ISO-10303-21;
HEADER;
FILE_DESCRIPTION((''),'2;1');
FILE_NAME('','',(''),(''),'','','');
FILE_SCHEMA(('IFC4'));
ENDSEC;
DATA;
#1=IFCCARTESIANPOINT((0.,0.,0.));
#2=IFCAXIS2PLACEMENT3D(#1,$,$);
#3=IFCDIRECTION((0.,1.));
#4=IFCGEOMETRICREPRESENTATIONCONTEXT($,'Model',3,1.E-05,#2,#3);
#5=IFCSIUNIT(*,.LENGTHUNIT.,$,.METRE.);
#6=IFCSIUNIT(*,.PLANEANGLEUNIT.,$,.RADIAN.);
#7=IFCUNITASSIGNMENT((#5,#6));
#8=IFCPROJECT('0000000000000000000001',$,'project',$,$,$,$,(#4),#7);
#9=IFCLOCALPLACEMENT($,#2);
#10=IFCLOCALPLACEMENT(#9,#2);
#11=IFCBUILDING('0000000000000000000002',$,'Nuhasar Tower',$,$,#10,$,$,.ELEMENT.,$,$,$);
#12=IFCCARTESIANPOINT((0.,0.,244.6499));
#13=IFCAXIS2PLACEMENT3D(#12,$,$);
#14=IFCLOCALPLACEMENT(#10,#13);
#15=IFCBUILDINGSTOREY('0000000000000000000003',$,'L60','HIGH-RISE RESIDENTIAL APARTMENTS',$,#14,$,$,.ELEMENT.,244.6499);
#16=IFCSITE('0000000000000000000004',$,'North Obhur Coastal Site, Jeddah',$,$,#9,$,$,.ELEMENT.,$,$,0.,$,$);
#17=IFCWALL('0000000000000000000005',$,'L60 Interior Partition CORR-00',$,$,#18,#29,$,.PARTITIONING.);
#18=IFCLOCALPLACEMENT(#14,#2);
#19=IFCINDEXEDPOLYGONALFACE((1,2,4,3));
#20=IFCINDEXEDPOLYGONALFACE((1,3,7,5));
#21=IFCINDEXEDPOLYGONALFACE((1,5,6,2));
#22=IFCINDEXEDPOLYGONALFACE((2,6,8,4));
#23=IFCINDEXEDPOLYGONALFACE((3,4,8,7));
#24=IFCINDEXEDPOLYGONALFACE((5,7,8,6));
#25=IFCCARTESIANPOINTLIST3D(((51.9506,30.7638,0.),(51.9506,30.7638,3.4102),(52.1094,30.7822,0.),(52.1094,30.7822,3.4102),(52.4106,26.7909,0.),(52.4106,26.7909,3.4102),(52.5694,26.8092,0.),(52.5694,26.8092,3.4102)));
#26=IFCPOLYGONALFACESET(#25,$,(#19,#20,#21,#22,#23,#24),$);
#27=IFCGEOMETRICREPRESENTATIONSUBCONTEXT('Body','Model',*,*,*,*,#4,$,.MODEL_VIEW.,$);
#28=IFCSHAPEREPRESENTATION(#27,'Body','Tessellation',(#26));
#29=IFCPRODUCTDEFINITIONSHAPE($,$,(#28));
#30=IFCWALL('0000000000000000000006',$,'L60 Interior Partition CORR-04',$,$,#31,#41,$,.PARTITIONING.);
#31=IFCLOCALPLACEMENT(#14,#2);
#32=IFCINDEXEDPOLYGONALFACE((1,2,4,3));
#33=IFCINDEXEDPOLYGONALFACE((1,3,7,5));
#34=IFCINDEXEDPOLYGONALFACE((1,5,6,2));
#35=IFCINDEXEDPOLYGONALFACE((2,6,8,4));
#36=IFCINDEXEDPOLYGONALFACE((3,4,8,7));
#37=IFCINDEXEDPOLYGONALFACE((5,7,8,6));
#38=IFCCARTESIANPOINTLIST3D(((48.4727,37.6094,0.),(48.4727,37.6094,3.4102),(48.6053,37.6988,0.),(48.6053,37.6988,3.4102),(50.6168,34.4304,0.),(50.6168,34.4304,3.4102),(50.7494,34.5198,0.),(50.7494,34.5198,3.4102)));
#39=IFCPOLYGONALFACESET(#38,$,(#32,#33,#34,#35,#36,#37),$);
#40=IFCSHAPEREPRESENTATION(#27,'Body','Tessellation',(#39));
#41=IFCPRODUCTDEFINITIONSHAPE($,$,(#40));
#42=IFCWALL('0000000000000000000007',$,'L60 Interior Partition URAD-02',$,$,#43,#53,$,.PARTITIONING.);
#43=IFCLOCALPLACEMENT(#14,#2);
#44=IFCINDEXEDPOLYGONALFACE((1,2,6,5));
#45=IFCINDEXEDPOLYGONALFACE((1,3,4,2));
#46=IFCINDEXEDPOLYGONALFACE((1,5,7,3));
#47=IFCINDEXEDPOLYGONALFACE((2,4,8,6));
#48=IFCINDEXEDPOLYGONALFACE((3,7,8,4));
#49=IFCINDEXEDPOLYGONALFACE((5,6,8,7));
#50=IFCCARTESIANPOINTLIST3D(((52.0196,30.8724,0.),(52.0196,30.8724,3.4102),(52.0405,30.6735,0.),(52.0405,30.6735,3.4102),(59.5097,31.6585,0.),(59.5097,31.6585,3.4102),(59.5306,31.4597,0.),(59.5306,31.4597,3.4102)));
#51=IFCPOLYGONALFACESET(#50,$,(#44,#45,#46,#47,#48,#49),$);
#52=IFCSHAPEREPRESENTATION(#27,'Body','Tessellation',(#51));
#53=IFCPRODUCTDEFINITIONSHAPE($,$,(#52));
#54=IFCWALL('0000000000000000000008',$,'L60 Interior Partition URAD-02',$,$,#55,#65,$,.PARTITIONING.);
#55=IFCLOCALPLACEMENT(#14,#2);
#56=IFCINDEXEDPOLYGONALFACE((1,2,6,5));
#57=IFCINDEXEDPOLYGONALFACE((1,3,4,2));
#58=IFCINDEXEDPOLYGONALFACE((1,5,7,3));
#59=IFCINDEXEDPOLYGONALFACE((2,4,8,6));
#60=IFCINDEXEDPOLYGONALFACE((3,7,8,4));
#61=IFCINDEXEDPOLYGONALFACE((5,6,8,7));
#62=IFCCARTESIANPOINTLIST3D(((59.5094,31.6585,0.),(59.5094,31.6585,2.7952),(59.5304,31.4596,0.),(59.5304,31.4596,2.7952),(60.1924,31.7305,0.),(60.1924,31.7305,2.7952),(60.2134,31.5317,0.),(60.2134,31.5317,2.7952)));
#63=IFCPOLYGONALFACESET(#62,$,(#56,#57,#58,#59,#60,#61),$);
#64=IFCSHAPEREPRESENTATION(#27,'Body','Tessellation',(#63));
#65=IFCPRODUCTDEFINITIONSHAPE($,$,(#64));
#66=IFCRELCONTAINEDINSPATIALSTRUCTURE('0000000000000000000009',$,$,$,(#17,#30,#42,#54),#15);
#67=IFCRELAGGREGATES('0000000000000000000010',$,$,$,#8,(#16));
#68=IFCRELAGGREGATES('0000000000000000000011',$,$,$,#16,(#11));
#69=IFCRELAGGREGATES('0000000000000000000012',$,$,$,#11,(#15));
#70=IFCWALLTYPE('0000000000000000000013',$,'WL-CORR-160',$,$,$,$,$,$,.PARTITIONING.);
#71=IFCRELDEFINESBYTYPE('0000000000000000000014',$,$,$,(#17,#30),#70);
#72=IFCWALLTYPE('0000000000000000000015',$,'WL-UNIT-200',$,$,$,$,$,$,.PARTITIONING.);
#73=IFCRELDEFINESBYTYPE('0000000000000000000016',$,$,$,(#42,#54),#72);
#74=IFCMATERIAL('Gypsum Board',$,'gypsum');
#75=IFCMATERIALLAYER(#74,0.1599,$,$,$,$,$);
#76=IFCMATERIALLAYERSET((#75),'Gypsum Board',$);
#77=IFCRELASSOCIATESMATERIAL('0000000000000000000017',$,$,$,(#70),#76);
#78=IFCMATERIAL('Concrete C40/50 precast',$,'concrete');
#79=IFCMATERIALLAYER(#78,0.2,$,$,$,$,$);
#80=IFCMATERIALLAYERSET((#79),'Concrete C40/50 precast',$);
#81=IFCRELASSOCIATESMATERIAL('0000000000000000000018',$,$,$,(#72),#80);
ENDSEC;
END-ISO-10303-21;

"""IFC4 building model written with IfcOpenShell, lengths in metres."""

from ifc_helpers import new_model, si_unit, direction, frame, frame_2d, origin, place, context, subcontext, project, spatial, rectangle, extrude, material, layer, layer_set, type_object, element, save


model = new_model("IFC4")

# Units and contexts
model_context = context("Model", 3, precision=1e-05, world=origin(), true_north=direction((0.0, 1.0)))
body_context = subcontext(model_context, "Body", "Model", "MODEL_VIEW")
ifc_project = project(units=[si_unit("LENGTHUNIT", "METRE"), si_unit("PLANEANGLEUNIT", "RADIAN")], contexts=[model_context])

# Site, building, storey
site_placement = place(None, origin())
site = spatial("IfcSite", under=ifc_project, at=site_placement, Name="North Obhur Coastal Site, Jeddah", CompositionType="ELEMENT", RefElevation=0.0)
building_placement = place(site_placement, origin())
building = spatial("IfcBuilding", under=site, at=building_placement, Name="Nuhasar Tower", CompositionType="ELEMENT")
storey_placement = place(building_placement, frame((0.0, 0.0, 244.6499)))
storey = spatial("IfcBuildingStorey", under=building, at=storey_placement, Name="L60", Description="HIGH-RISE RESIDENTIAL APARTMENTS", CompositionType="ELEMENT", Elevation=244.6499)

# Shared definitions
ifc_material_1 = material(Name="Gypsum Board", Category="gypsum")
ifc_layer_1 = layer(ifc_material_1, 0.1599)
ifc_layer_set_1 = layer_set([ifc_layer_1], Name="Gypsum Board")
wall_type_1 = type_object("IfcWallType", Name="WL-CORR-160", PredefinedType="PARTITIONING", material=ifc_layer_set_1)

# Wall
wall_1_placement = place(storey_placement, frame((52.49, 26.8, 0.0), z_axis=(0.0, 0.0, 1.0), x_axis=(-0.115006, 0.993365, 0.0)))
element("IfcWall", 1, at=wall_1_placement, inside=storey, type_object=wall_type_1, Name="L60 Interior Partition CORR-00", PredefinedType="PARTITIONING", context=body_context, shape_type="SweptSolid", body=[
    extrude(rectangle(XDim=3.9995, YDim=0.1599, at=frame_2d((1.9998, 0.0))), origin(), (0.0, 0.0, 1.0), 3.4102),
])

# Walls
wall_2_placement = place(storey_placement, frame((50.6831, 34.4751, 0.0), z_axis=(0.0, 0.0, 1.0), x_axis=(-0.559159, 0.82906, 0.0)))
element("IfcWall", 2, at=wall_2_placement, inside=storey, type_object=wall_type_1, Name="L60 Interior Partition CORR-04", PredefinedType="PARTITIONING", context=body_context, shape_type="SweptSolid", body=[
    extrude(rectangle(XDim=3.8345, YDim=0.1599, at=frame_2d((1.9172, 0.0))), origin(), (0.0, 0.0, 1.0), 3.4102),
])
ifc_material_2 = material(Name="Concrete C40/50 precast", Category="concrete")
ifc_layer_2 = layer(ifc_material_2, 0.2)
ifc_layer_set_2 = layer_set([ifc_layer_2], Name="Concrete C40/50 precast")
wall_type_2 = type_object("IfcWallType", Name="WL-UNIT-200", PredefinedType="PARTITIONING", material=ifc_layer_set_2)
wall_3_placement = place(storey_placement, frame((52.03, 30.7729, 0.0), z_axis=(0.0, 0.0, 1.0), x_axis=(0.994537, 0.104384, 0.0)))
element("IfcWall", 3, at=wall_3_placement, inside=storey, type_object=wall_type_2, Name="L60 Interior Partition URAD-02", PredefinedType="PARTITIONING", context=body_context, shape_type="SweptSolid", body=[
    extrude(rectangle(XDim=7.5312, YDim=0.2, at=frame_2d((3.7656, 0.0))), origin(), (0.0, 0.0, 1.0), 3.4102),
])
wall_4_placement = place(storey_placement, frame((59.52, 31.5591, 0.0), z_axis=(0.0, 0.0, 1.0), x_axis=(0.994484, 0.104888, 0.0)))
element("IfcWall", 4, at=wall_4_placement, inside=storey, type_object=wall_type_2, Name="L60 Interior Partition URAD-02", PredefinedType="PARTITIONING", context=body_context, shape_type="SweptSolid", body=[
    extrude(rectangle(XDim=0.6868, YDim=0.2, at=frame_2d((0.3433, 0.0))), origin(), (0.0, 0.0, 1.0), 2.7952),
])

save(model, "model.ifc")
